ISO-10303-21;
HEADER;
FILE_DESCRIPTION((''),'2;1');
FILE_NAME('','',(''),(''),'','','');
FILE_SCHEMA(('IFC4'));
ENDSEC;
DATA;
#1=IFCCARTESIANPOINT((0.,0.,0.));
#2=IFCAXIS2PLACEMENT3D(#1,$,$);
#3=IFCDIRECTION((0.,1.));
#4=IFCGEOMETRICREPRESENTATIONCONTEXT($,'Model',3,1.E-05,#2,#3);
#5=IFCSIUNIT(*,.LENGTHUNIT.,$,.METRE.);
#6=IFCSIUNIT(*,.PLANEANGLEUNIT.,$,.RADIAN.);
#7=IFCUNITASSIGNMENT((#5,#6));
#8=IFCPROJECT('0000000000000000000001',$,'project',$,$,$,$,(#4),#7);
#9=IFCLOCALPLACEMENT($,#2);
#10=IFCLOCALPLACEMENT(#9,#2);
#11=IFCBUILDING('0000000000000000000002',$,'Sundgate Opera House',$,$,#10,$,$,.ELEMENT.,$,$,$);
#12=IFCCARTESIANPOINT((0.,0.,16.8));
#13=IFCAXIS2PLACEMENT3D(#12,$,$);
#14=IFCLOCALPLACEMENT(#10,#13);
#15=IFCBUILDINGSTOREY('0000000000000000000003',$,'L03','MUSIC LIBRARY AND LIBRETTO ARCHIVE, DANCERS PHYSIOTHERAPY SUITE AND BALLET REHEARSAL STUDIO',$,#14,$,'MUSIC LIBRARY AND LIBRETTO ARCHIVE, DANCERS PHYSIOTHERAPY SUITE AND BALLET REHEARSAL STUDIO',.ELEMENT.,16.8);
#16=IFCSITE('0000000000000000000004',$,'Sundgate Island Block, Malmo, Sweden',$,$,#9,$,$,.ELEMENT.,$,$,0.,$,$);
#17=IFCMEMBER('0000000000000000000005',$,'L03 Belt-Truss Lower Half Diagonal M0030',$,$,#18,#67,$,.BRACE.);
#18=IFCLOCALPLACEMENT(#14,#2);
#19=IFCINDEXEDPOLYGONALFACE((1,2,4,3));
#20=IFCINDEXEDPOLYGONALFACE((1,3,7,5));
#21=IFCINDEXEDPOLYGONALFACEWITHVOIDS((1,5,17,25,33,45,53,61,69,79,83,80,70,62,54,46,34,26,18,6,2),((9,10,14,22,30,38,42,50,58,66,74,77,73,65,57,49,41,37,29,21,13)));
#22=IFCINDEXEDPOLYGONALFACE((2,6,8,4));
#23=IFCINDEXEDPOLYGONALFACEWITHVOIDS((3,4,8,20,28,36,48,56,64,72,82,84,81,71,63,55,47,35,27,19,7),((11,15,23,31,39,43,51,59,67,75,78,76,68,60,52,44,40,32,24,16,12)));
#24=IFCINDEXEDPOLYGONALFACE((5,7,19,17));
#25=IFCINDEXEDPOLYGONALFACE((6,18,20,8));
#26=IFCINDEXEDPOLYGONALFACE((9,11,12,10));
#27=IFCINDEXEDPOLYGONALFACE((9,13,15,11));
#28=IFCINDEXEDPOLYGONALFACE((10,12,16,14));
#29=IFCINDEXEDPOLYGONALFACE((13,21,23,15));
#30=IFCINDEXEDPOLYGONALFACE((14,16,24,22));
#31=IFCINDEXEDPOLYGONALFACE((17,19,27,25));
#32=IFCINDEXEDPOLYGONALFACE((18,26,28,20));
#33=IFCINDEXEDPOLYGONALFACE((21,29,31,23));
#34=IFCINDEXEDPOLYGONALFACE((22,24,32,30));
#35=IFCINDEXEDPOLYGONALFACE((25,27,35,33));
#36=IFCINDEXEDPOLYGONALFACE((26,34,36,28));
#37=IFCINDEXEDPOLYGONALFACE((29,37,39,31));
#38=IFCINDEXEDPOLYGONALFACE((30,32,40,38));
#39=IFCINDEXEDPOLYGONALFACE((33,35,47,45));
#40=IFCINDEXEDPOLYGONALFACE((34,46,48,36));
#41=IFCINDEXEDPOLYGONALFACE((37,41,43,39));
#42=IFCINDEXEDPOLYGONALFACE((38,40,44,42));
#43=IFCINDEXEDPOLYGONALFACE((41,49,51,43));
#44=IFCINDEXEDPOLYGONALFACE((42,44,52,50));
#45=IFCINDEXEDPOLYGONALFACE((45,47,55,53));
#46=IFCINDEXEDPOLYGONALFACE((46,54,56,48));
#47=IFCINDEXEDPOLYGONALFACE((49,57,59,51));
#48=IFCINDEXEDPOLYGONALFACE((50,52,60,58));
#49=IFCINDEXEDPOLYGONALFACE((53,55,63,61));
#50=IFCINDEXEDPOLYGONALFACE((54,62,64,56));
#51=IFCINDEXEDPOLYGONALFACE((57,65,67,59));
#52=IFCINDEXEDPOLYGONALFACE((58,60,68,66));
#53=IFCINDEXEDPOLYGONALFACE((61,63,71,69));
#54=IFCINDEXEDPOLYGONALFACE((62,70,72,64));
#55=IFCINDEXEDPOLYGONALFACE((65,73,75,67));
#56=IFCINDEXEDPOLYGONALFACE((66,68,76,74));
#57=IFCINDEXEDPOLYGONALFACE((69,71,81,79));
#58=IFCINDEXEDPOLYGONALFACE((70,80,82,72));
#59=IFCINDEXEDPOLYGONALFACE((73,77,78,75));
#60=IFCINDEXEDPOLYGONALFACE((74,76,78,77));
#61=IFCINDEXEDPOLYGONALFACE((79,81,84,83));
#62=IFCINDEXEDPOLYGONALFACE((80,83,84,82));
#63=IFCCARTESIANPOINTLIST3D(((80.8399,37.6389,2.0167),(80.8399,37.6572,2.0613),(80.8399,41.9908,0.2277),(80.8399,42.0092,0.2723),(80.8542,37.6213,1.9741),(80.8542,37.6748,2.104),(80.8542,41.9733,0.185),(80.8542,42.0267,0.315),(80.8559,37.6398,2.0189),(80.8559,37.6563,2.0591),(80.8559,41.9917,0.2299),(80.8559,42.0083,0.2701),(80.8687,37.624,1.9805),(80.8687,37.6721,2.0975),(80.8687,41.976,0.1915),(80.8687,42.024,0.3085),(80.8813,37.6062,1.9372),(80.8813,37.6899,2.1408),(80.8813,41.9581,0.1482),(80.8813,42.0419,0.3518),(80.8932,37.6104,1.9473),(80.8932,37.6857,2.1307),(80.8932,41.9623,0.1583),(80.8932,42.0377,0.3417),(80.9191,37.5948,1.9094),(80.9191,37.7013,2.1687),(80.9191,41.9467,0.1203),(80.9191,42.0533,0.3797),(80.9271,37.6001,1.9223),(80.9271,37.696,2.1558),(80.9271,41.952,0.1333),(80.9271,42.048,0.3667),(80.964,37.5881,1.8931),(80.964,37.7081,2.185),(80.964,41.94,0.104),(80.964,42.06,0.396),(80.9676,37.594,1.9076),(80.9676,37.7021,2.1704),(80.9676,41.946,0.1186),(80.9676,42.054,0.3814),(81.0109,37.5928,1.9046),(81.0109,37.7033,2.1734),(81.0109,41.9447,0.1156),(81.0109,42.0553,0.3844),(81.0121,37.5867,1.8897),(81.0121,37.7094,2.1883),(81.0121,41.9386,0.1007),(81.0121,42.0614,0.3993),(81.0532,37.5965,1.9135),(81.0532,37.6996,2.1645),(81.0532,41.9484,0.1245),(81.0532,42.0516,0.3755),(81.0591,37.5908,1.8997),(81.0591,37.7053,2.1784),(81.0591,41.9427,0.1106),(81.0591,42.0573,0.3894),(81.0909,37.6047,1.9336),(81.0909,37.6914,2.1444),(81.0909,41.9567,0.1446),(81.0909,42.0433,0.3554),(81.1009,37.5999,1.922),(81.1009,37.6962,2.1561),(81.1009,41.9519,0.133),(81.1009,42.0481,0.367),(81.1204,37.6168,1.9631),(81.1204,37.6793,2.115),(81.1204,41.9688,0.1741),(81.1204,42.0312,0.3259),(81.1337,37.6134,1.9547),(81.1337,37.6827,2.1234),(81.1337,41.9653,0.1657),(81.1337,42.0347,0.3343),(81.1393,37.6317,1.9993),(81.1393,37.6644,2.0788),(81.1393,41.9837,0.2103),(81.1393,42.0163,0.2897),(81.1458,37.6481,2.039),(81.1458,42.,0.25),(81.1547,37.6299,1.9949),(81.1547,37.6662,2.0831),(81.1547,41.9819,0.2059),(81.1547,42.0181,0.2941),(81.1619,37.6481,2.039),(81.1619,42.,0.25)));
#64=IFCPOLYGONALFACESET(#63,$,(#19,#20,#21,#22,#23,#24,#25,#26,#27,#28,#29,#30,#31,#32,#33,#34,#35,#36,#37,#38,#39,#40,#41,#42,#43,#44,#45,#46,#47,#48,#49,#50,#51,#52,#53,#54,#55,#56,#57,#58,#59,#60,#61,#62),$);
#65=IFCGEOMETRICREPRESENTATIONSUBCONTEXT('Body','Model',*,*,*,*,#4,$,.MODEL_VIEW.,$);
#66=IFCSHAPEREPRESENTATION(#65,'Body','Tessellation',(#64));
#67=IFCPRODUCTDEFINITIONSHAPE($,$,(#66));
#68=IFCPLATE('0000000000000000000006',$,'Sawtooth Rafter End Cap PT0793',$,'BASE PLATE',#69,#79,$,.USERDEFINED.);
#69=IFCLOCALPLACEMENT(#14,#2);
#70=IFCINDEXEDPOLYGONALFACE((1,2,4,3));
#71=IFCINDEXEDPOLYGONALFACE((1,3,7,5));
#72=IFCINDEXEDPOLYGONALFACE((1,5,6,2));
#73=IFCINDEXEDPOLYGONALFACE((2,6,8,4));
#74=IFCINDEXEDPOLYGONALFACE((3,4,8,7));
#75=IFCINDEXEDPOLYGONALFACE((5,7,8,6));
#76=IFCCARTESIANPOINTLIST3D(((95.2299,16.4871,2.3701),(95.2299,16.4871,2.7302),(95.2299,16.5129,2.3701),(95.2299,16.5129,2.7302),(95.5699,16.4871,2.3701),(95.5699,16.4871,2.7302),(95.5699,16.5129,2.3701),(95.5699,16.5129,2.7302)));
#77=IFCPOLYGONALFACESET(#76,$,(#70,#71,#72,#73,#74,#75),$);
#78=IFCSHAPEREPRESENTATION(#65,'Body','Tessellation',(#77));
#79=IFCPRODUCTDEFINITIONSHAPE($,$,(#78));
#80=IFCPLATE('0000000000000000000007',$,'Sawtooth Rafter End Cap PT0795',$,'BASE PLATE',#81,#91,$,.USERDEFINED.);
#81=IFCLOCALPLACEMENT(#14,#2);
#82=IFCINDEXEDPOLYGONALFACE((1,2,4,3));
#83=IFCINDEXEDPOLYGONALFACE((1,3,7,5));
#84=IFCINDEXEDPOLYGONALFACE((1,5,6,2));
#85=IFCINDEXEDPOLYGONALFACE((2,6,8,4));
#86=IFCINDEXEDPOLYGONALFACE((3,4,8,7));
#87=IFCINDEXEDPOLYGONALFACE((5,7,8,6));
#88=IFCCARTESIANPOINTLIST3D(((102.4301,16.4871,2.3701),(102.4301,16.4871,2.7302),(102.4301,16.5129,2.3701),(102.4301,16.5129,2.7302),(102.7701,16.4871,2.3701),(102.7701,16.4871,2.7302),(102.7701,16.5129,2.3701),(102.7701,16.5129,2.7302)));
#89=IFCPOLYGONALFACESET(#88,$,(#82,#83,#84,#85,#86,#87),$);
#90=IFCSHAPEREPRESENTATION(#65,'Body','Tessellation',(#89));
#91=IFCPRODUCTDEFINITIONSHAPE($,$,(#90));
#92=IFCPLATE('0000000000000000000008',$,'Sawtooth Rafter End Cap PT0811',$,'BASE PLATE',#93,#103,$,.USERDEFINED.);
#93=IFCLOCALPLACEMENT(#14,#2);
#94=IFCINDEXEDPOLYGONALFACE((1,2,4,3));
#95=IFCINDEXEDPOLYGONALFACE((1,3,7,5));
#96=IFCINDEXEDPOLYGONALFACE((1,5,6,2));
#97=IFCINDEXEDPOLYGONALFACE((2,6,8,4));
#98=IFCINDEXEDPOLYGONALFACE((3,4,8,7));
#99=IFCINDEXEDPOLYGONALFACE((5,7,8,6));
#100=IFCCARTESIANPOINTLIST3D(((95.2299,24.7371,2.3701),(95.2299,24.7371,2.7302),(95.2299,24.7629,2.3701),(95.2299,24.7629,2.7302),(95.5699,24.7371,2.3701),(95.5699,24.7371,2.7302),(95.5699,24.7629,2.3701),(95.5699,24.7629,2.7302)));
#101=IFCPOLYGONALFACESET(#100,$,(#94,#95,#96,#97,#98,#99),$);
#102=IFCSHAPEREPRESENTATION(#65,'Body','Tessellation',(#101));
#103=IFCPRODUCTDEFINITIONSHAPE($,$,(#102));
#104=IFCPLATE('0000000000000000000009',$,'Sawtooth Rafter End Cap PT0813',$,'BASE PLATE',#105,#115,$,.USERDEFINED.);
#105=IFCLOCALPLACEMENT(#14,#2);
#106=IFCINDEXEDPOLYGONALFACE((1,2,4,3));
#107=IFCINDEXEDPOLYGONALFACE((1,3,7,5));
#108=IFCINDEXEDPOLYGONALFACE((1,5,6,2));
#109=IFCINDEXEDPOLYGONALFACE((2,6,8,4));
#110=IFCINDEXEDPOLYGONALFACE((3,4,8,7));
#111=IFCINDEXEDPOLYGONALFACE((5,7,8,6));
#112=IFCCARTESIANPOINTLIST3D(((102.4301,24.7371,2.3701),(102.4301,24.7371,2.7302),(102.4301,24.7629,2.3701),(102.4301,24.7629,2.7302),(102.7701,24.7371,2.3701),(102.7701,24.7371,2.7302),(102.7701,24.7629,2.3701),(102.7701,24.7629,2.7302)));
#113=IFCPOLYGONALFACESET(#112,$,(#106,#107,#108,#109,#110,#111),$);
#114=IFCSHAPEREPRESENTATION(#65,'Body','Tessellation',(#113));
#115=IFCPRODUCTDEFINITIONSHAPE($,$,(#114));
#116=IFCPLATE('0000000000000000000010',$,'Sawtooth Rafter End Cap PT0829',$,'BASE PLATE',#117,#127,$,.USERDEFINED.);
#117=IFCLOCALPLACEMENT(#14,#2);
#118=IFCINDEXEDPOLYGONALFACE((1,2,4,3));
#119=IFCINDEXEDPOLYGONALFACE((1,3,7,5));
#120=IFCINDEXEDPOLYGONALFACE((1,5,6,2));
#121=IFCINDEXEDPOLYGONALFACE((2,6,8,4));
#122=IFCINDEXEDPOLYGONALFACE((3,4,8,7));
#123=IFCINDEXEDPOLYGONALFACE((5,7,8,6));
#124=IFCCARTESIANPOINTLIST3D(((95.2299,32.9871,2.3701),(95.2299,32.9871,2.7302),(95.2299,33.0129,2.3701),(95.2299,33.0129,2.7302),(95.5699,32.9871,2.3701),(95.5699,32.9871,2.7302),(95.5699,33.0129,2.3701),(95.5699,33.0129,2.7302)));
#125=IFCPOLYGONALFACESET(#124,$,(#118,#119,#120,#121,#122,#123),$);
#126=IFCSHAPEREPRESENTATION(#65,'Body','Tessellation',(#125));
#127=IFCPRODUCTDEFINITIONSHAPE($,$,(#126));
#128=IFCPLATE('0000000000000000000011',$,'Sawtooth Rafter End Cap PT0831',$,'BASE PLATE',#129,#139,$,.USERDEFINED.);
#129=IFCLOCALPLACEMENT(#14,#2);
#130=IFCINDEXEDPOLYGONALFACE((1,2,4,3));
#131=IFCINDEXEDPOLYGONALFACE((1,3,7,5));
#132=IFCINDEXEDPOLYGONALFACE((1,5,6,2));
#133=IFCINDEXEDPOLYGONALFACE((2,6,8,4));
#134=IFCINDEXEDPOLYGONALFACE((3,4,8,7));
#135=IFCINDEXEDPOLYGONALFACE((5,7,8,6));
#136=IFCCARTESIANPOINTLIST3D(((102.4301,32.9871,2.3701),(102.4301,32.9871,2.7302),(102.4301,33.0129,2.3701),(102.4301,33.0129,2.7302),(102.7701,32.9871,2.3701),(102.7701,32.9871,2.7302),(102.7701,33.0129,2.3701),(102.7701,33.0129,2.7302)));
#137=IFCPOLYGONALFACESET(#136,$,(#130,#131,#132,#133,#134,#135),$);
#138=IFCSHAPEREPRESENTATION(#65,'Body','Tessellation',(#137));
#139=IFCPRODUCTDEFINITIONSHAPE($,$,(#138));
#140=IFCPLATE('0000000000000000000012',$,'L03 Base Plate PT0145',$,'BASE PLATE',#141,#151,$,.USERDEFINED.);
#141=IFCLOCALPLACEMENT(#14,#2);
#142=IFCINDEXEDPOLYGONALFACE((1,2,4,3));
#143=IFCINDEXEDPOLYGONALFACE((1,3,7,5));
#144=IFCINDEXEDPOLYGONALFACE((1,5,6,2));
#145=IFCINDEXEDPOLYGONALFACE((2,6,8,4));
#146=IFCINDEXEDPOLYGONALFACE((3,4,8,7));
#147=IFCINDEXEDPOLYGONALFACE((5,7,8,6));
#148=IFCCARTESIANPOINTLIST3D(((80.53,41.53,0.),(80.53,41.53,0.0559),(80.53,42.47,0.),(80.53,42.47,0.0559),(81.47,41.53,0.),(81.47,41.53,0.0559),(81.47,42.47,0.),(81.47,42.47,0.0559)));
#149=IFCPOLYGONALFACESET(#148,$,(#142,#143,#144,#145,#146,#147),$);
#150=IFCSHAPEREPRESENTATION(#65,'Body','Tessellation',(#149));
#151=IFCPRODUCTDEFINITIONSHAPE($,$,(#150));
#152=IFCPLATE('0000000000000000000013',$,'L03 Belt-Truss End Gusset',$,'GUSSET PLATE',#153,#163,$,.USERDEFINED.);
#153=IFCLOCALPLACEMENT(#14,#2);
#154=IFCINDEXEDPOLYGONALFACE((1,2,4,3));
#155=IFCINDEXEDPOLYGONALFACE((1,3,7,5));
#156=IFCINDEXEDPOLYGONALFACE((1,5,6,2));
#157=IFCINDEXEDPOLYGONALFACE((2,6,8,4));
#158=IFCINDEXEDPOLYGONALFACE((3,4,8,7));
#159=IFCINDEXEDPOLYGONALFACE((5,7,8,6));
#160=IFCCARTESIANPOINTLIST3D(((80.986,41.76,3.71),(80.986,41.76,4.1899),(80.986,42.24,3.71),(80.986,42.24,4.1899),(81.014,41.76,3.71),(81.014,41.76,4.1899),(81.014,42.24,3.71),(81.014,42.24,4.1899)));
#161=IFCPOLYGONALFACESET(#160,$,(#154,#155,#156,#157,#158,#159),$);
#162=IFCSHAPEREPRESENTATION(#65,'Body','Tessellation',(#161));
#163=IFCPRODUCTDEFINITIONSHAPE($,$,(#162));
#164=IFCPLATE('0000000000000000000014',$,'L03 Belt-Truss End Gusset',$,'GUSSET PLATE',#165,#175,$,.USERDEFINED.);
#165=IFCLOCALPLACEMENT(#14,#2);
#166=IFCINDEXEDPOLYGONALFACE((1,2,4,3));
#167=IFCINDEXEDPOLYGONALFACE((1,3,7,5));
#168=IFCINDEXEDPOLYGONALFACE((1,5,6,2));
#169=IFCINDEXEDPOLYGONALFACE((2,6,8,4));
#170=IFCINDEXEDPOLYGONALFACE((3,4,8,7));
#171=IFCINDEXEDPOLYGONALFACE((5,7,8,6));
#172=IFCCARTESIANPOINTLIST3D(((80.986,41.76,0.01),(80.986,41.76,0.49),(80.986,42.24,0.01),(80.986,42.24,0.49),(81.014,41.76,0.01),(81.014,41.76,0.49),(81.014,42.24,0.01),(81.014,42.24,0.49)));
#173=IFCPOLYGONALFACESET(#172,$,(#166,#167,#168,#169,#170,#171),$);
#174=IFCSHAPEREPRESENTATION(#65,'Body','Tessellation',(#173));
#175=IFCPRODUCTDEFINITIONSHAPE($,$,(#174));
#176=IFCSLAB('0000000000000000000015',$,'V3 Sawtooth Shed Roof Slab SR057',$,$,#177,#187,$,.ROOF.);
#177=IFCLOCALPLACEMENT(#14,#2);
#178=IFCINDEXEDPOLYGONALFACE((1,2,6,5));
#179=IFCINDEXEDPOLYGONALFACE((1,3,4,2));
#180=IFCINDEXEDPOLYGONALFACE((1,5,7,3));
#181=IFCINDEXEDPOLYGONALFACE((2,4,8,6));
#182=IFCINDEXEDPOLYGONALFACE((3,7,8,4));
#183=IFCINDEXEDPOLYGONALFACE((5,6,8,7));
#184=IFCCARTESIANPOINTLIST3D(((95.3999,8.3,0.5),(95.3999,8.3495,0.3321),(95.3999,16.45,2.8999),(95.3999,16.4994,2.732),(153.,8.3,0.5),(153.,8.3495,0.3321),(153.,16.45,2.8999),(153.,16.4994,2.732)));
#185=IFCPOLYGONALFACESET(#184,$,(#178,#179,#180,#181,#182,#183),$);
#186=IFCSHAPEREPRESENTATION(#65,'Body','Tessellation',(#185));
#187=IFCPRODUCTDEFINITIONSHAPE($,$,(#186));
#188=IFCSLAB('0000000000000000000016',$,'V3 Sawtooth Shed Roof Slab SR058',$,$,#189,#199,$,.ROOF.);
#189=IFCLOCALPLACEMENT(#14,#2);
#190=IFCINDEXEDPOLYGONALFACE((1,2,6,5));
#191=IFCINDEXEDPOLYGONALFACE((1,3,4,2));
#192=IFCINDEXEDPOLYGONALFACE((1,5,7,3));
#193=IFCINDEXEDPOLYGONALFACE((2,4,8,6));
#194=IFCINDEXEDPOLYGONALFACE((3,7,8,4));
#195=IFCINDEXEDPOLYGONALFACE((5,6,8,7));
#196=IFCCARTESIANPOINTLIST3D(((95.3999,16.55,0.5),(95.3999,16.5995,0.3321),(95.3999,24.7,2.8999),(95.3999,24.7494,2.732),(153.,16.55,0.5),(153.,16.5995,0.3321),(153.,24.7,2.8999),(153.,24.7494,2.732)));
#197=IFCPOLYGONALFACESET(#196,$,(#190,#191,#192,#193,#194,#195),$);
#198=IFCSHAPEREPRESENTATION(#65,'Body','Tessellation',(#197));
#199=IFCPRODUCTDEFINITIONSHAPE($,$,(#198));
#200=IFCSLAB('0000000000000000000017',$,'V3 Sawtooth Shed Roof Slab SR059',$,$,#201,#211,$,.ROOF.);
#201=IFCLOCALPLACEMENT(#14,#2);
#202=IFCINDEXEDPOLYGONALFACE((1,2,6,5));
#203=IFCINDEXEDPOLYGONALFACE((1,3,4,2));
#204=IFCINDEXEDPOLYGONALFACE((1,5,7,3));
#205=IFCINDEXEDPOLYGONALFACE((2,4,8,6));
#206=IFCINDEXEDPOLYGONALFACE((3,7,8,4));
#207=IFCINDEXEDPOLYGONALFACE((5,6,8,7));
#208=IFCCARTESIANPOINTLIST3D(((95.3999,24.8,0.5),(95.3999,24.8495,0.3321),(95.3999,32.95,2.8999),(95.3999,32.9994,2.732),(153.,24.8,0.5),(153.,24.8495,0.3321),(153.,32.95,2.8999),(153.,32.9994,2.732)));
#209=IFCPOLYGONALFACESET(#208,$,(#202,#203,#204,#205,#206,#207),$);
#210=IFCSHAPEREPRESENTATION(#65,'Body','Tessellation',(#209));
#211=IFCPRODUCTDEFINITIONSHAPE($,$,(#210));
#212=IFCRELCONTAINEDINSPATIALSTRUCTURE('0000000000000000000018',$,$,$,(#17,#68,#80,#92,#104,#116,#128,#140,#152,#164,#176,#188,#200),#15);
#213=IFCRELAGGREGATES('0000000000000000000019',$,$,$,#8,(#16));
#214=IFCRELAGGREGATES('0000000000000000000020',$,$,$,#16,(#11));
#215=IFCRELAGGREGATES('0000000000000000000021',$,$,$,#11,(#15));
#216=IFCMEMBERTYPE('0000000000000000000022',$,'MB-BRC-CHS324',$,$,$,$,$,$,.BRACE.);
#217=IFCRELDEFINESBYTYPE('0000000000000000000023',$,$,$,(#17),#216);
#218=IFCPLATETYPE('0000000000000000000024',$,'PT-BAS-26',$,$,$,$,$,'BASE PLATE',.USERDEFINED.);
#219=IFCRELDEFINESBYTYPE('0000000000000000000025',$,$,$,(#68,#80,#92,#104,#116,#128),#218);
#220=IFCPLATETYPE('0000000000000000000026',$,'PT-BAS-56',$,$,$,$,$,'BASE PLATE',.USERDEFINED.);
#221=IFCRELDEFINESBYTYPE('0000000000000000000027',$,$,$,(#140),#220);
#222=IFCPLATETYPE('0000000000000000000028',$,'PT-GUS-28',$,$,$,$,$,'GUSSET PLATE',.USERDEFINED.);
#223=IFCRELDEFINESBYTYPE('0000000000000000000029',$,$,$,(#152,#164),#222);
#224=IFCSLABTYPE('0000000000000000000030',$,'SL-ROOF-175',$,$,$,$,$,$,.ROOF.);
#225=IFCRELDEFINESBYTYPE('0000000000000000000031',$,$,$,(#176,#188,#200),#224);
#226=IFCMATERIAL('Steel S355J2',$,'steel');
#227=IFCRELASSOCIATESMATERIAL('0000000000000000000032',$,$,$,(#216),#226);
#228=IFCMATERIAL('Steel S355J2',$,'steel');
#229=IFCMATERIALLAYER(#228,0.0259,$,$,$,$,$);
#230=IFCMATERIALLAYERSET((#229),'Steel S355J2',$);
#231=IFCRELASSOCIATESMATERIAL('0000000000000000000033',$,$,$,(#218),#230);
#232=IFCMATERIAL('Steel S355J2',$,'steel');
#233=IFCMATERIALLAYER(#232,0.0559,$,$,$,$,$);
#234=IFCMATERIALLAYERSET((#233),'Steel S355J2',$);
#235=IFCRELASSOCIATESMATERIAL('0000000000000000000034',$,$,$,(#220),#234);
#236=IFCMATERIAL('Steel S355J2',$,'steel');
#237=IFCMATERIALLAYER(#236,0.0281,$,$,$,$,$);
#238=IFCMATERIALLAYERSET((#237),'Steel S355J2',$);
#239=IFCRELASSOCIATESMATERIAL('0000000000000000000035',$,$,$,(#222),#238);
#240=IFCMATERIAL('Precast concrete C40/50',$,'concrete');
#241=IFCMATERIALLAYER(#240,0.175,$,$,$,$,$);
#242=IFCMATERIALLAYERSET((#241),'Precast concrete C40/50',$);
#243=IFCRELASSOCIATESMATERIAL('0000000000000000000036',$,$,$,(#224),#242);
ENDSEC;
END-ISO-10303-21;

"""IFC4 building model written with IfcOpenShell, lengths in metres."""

from ifc_helpers import new_model, si_unit, direction, frame, origin, origin_2d, place, context, subcontext, project, spatial, polyline, rectangle, hollow_circle, outline, extrude, material, layer, layer_set, material_profile, profile_set, type_object, element, save


model = new_model("IFC4")

# Units and contexts
model_context = context("Model", 3, precision=1e-05, world=origin(), true_north=direction((0.0, 1.0)))
body_context = subcontext(model_context, "Body", "Model", "MODEL_VIEW")
ifc_project = project(units=[si_unit("LENGTHUNIT", "METRE"), si_unit("PLANEANGLEUNIT", "RADIAN")], contexts=[model_context])

# Site, building, storey
site_placement = place(None, origin())
site = spatial("IfcSite", under=ifc_project, at=site_placement, Name="Sundgate Island Block, Malmo, Sweden", CompositionType="ELEMENT", RefElevation=0.0)
building_placement = place(site_placement, origin())
building = spatial("IfcBuilding", under=site, at=building_placement, Name="Sundgate Opera House", CompositionType="ELEMENT")
storey_placement = place(building_placement, frame((0.0, 0.0, 16.8)))
storey = spatial("IfcBuildingStorey", under=building, at=storey_placement, Name="L03", Description="MUSIC LIBRARY AND LIBRETTO ARCHIVE, DANCERS PHYSIOTHERAPY SUITE AND BALLET REHEARSAL STUDIO", LongName="MUSIC LIBRARY AND LIBRETTO ARCHIVE, DANCERS PHYSIOTHERAPY SUITE AND BALLET REHEARSAL STUDIO", CompositionType="ELEMENT", Elevation=16.8)

# Member
ifc_material_1 = material(Name="Steel S355J2", Category="steel")
ifc_material_profile_1 = material_profile(ifc_material_1, hollow_circle(Radius=0.1619, WallThickness=0.0161, at=origin_2d()), Name="CHS 323.9x16.0")
ifc_profile_set_1 = profile_set([ifc_material_profile_1], Name="Steel S355J2")
member_type = type_object("IfcMemberType", Name="MB-BRC-CHS324", PredefinedType="BRACE", material=ifc_profile_set_1)
member_placement = place(storey_placement, frame((81.0, 42.0, 0.25), z_axis=(0.0, -0.924899, 0.380212), x_axis=(1.0, 0.0, 0.0)))
element("IfcMember", 1, at=member_placement, inside=storey, type_object=member_type, Name="L03 Belt-Truss Lower Half Diagonal M0030", PredefinedType="BRACE", context=body_context, shape_type="SweptSolid", body=[
    extrude(hollow_circle(Radius=0.1619, WallThickness=0.0161, at=origin_2d()), origin(), (0.0, 0.0, 1.0), 4.7053),
])

# Plates
ifc_material_2 = material(Name="Steel S355J2", Category="steel")
ifc_layer_1 = layer(ifc_material_2, 0.0259)
ifc_layer_set_1 = layer_set([ifc_layer_1], Name="Steel S355J2")
plate_type_1 = type_object("IfcPlateType", Name="PT-BAS-26", ElementType="BASE PLATE", PredefinedType="USERDEFINED", material=ifc_layer_set_1)
for number, where, z_axis, x_axis, name in (
    (2, (95.3999, 16.5, 2.3701), (0.0, 0.0, 1.0), (1.0, 0.0, 0.0), "Sawtooth Rafter End Cap PT0793"),
    (3, (102.6001, 16.5, 2.3701), (0.0, 0.0, 1.0), (1.0, 0.0, 0.0), "Sawtooth Rafter End Cap PT0795"),
    (4, (95.3999, 24.75, 2.3701), (0.0, 0.0, 1.0), (1.0, 0.0, 0.0), "Sawtooth Rafter End Cap PT0811"),
    (5, (102.6001, 24.75, 2.3701), (0.0, 0.0, 1.0), (1.0, 0.0, 0.0), "Sawtooth Rafter End Cap PT0813"),
    (6, (95.3999, 33.0, 2.3701), (0.0, 0.0, 1.0), (1.0, 0.0, 0.0), "Sawtooth Rafter End Cap PT0829"),
    (7, (102.6001, 33.0, 2.3701), (0.0, 0.0, 1.0), (1.0, 0.0, 0.0), "Sawtooth Rafter End Cap PT0831"),
):
    element("IfcPlate", number, at=place(storey_placement, frame(where, z_axis=z_axis, x_axis=x_axis)), inside=storey, type_object=plate_type_1, Name=name, ObjectType="BASE PLATE", PredefinedType="USERDEFINED", context=body_context, shape_type="SweptSolid", body=[
        extrude(rectangle(XDim=0.3401, YDim=0.0259, at=origin_2d()), origin(), (0.0, 0.0, 1.0), 0.3601),
    ])
ifc_material_3 = material(Name="Steel S355J2", Category="steel")
ifc_layer_2 = layer(ifc_material_3, 0.0559)
ifc_layer_set_2 = layer_set([ifc_layer_2], Name="Steel S355J2")
plate_type_2 = type_object("IfcPlateType", Name="PT-BAS-56", ElementType="BASE PLATE", PredefinedType="USERDEFINED", material=ifc_layer_set_2)
plate_placement = place(storey_placement, frame((81.0, 42.0, 0.0), z_axis=(0.0, 0.0, 1.0), x_axis=(1.0, 0.0, 0.0)))
element("IfcPlate", 8, at=plate_placement, inside=storey, type_object=plate_type_2, Name="L03 Base Plate PT0145", ObjectType="BASE PLATE", PredefinedType="USERDEFINED", context=body_context, shape_type="SweptSolid", body=[
    extrude(rectangle(XDim=0.9399, YDim=0.9399, at=origin_2d()), origin(), (0.0, 0.0, 1.0), 0.0559),
])
ifc_material_4 = material(Name="Steel S355J2", Category="steel")
ifc_layer_3 = layer(ifc_material_4, 0.0281)
ifc_layer_set_3 = layer_set([ifc_layer_3], Name="Steel S355J2")
plate_type_3 = type_object("IfcPlateType", Name="PT-GUS-28", ElementType="GUSSET PLATE", PredefinedType="USERDEFINED", material=ifc_layer_set_3)
for number, where, z_axis, x_axis, name in (
    (9, (81.0, 42.0, 3.71), (0.0, 0.0, 1.0), (1.0, 0.0, 0.0), "L03 Belt-Truss End Gusset"),
    (10, (81.0, 42.0, 0.01), (0.0, 0.0, 1.0), (1.0, 0.0, 0.0), "L03 Belt-Truss End Gusset"),
):
    element("IfcPlate", number, at=place(storey_placement, frame(where, z_axis=z_axis, x_axis=x_axis)), inside=storey, type_object=plate_type_3, Name=name, ObjectType="GUSSET PLATE", PredefinedType="USERDEFINED", context=body_context, shape_type="SweptSolid", body=[
        extrude(rectangle(XDim=0.0281, YDim=0.48, at=origin_2d()), origin(), (0.0, 0.0, 1.0), 0.48),
    ])

# Slabs
ifc_material_5 = material(Name="Precast concrete C40/50", Category="concrete")
ifc_layer_4 = layer(ifc_material_5, 0.175)
ifc_layer_set_4 = layer_set([ifc_layer_4], Name="Precast concrete C40/50")
slab_type = type_object("IfcSlabType", Name="SL-ROOF-175", PredefinedType="ROOF", material=ifc_layer_set_4)
for number, where, z_axis, x_axis, name in (
    (11, (95.3999, 8.3, 0.5), (0.0, -0.282477, 0.959274), (1.0, 0.0, 0.0), "V3 Sawtooth Shed Roof Slab SR057"),
    (12, (95.3999, 16.55, 0.5), (0.0, -0.282477, 0.959274), (1.0, 0.0, 0.0), "V3 Sawtooth Shed Roof Slab SR058"),
    (13, (95.3999, 24.8, 0.5), (0.0, -0.282477, 0.959274), (1.0, 0.0, 0.0), "V3 Sawtooth Shed Roof Slab SR059"),
):
    element("IfcSlab", number, at=place(storey_placement, frame(where, z_axis=z_axis, x_axis=x_axis)), inside=storey, type_object=slab_type, Name=name, PredefinedType="ROOF", context=body_context, shape_type="SweptSolid", body=[
        extrude(outline(polyline([(0.0, 0.0), (57.6001, 0.0), (57.6001, 8.4959), (0.0, 8.4959), (0.0, 0.0)])), origin(), (0.0, 0.0, -1.0), 0.175),
    ])

save(model, "model.ifc")
